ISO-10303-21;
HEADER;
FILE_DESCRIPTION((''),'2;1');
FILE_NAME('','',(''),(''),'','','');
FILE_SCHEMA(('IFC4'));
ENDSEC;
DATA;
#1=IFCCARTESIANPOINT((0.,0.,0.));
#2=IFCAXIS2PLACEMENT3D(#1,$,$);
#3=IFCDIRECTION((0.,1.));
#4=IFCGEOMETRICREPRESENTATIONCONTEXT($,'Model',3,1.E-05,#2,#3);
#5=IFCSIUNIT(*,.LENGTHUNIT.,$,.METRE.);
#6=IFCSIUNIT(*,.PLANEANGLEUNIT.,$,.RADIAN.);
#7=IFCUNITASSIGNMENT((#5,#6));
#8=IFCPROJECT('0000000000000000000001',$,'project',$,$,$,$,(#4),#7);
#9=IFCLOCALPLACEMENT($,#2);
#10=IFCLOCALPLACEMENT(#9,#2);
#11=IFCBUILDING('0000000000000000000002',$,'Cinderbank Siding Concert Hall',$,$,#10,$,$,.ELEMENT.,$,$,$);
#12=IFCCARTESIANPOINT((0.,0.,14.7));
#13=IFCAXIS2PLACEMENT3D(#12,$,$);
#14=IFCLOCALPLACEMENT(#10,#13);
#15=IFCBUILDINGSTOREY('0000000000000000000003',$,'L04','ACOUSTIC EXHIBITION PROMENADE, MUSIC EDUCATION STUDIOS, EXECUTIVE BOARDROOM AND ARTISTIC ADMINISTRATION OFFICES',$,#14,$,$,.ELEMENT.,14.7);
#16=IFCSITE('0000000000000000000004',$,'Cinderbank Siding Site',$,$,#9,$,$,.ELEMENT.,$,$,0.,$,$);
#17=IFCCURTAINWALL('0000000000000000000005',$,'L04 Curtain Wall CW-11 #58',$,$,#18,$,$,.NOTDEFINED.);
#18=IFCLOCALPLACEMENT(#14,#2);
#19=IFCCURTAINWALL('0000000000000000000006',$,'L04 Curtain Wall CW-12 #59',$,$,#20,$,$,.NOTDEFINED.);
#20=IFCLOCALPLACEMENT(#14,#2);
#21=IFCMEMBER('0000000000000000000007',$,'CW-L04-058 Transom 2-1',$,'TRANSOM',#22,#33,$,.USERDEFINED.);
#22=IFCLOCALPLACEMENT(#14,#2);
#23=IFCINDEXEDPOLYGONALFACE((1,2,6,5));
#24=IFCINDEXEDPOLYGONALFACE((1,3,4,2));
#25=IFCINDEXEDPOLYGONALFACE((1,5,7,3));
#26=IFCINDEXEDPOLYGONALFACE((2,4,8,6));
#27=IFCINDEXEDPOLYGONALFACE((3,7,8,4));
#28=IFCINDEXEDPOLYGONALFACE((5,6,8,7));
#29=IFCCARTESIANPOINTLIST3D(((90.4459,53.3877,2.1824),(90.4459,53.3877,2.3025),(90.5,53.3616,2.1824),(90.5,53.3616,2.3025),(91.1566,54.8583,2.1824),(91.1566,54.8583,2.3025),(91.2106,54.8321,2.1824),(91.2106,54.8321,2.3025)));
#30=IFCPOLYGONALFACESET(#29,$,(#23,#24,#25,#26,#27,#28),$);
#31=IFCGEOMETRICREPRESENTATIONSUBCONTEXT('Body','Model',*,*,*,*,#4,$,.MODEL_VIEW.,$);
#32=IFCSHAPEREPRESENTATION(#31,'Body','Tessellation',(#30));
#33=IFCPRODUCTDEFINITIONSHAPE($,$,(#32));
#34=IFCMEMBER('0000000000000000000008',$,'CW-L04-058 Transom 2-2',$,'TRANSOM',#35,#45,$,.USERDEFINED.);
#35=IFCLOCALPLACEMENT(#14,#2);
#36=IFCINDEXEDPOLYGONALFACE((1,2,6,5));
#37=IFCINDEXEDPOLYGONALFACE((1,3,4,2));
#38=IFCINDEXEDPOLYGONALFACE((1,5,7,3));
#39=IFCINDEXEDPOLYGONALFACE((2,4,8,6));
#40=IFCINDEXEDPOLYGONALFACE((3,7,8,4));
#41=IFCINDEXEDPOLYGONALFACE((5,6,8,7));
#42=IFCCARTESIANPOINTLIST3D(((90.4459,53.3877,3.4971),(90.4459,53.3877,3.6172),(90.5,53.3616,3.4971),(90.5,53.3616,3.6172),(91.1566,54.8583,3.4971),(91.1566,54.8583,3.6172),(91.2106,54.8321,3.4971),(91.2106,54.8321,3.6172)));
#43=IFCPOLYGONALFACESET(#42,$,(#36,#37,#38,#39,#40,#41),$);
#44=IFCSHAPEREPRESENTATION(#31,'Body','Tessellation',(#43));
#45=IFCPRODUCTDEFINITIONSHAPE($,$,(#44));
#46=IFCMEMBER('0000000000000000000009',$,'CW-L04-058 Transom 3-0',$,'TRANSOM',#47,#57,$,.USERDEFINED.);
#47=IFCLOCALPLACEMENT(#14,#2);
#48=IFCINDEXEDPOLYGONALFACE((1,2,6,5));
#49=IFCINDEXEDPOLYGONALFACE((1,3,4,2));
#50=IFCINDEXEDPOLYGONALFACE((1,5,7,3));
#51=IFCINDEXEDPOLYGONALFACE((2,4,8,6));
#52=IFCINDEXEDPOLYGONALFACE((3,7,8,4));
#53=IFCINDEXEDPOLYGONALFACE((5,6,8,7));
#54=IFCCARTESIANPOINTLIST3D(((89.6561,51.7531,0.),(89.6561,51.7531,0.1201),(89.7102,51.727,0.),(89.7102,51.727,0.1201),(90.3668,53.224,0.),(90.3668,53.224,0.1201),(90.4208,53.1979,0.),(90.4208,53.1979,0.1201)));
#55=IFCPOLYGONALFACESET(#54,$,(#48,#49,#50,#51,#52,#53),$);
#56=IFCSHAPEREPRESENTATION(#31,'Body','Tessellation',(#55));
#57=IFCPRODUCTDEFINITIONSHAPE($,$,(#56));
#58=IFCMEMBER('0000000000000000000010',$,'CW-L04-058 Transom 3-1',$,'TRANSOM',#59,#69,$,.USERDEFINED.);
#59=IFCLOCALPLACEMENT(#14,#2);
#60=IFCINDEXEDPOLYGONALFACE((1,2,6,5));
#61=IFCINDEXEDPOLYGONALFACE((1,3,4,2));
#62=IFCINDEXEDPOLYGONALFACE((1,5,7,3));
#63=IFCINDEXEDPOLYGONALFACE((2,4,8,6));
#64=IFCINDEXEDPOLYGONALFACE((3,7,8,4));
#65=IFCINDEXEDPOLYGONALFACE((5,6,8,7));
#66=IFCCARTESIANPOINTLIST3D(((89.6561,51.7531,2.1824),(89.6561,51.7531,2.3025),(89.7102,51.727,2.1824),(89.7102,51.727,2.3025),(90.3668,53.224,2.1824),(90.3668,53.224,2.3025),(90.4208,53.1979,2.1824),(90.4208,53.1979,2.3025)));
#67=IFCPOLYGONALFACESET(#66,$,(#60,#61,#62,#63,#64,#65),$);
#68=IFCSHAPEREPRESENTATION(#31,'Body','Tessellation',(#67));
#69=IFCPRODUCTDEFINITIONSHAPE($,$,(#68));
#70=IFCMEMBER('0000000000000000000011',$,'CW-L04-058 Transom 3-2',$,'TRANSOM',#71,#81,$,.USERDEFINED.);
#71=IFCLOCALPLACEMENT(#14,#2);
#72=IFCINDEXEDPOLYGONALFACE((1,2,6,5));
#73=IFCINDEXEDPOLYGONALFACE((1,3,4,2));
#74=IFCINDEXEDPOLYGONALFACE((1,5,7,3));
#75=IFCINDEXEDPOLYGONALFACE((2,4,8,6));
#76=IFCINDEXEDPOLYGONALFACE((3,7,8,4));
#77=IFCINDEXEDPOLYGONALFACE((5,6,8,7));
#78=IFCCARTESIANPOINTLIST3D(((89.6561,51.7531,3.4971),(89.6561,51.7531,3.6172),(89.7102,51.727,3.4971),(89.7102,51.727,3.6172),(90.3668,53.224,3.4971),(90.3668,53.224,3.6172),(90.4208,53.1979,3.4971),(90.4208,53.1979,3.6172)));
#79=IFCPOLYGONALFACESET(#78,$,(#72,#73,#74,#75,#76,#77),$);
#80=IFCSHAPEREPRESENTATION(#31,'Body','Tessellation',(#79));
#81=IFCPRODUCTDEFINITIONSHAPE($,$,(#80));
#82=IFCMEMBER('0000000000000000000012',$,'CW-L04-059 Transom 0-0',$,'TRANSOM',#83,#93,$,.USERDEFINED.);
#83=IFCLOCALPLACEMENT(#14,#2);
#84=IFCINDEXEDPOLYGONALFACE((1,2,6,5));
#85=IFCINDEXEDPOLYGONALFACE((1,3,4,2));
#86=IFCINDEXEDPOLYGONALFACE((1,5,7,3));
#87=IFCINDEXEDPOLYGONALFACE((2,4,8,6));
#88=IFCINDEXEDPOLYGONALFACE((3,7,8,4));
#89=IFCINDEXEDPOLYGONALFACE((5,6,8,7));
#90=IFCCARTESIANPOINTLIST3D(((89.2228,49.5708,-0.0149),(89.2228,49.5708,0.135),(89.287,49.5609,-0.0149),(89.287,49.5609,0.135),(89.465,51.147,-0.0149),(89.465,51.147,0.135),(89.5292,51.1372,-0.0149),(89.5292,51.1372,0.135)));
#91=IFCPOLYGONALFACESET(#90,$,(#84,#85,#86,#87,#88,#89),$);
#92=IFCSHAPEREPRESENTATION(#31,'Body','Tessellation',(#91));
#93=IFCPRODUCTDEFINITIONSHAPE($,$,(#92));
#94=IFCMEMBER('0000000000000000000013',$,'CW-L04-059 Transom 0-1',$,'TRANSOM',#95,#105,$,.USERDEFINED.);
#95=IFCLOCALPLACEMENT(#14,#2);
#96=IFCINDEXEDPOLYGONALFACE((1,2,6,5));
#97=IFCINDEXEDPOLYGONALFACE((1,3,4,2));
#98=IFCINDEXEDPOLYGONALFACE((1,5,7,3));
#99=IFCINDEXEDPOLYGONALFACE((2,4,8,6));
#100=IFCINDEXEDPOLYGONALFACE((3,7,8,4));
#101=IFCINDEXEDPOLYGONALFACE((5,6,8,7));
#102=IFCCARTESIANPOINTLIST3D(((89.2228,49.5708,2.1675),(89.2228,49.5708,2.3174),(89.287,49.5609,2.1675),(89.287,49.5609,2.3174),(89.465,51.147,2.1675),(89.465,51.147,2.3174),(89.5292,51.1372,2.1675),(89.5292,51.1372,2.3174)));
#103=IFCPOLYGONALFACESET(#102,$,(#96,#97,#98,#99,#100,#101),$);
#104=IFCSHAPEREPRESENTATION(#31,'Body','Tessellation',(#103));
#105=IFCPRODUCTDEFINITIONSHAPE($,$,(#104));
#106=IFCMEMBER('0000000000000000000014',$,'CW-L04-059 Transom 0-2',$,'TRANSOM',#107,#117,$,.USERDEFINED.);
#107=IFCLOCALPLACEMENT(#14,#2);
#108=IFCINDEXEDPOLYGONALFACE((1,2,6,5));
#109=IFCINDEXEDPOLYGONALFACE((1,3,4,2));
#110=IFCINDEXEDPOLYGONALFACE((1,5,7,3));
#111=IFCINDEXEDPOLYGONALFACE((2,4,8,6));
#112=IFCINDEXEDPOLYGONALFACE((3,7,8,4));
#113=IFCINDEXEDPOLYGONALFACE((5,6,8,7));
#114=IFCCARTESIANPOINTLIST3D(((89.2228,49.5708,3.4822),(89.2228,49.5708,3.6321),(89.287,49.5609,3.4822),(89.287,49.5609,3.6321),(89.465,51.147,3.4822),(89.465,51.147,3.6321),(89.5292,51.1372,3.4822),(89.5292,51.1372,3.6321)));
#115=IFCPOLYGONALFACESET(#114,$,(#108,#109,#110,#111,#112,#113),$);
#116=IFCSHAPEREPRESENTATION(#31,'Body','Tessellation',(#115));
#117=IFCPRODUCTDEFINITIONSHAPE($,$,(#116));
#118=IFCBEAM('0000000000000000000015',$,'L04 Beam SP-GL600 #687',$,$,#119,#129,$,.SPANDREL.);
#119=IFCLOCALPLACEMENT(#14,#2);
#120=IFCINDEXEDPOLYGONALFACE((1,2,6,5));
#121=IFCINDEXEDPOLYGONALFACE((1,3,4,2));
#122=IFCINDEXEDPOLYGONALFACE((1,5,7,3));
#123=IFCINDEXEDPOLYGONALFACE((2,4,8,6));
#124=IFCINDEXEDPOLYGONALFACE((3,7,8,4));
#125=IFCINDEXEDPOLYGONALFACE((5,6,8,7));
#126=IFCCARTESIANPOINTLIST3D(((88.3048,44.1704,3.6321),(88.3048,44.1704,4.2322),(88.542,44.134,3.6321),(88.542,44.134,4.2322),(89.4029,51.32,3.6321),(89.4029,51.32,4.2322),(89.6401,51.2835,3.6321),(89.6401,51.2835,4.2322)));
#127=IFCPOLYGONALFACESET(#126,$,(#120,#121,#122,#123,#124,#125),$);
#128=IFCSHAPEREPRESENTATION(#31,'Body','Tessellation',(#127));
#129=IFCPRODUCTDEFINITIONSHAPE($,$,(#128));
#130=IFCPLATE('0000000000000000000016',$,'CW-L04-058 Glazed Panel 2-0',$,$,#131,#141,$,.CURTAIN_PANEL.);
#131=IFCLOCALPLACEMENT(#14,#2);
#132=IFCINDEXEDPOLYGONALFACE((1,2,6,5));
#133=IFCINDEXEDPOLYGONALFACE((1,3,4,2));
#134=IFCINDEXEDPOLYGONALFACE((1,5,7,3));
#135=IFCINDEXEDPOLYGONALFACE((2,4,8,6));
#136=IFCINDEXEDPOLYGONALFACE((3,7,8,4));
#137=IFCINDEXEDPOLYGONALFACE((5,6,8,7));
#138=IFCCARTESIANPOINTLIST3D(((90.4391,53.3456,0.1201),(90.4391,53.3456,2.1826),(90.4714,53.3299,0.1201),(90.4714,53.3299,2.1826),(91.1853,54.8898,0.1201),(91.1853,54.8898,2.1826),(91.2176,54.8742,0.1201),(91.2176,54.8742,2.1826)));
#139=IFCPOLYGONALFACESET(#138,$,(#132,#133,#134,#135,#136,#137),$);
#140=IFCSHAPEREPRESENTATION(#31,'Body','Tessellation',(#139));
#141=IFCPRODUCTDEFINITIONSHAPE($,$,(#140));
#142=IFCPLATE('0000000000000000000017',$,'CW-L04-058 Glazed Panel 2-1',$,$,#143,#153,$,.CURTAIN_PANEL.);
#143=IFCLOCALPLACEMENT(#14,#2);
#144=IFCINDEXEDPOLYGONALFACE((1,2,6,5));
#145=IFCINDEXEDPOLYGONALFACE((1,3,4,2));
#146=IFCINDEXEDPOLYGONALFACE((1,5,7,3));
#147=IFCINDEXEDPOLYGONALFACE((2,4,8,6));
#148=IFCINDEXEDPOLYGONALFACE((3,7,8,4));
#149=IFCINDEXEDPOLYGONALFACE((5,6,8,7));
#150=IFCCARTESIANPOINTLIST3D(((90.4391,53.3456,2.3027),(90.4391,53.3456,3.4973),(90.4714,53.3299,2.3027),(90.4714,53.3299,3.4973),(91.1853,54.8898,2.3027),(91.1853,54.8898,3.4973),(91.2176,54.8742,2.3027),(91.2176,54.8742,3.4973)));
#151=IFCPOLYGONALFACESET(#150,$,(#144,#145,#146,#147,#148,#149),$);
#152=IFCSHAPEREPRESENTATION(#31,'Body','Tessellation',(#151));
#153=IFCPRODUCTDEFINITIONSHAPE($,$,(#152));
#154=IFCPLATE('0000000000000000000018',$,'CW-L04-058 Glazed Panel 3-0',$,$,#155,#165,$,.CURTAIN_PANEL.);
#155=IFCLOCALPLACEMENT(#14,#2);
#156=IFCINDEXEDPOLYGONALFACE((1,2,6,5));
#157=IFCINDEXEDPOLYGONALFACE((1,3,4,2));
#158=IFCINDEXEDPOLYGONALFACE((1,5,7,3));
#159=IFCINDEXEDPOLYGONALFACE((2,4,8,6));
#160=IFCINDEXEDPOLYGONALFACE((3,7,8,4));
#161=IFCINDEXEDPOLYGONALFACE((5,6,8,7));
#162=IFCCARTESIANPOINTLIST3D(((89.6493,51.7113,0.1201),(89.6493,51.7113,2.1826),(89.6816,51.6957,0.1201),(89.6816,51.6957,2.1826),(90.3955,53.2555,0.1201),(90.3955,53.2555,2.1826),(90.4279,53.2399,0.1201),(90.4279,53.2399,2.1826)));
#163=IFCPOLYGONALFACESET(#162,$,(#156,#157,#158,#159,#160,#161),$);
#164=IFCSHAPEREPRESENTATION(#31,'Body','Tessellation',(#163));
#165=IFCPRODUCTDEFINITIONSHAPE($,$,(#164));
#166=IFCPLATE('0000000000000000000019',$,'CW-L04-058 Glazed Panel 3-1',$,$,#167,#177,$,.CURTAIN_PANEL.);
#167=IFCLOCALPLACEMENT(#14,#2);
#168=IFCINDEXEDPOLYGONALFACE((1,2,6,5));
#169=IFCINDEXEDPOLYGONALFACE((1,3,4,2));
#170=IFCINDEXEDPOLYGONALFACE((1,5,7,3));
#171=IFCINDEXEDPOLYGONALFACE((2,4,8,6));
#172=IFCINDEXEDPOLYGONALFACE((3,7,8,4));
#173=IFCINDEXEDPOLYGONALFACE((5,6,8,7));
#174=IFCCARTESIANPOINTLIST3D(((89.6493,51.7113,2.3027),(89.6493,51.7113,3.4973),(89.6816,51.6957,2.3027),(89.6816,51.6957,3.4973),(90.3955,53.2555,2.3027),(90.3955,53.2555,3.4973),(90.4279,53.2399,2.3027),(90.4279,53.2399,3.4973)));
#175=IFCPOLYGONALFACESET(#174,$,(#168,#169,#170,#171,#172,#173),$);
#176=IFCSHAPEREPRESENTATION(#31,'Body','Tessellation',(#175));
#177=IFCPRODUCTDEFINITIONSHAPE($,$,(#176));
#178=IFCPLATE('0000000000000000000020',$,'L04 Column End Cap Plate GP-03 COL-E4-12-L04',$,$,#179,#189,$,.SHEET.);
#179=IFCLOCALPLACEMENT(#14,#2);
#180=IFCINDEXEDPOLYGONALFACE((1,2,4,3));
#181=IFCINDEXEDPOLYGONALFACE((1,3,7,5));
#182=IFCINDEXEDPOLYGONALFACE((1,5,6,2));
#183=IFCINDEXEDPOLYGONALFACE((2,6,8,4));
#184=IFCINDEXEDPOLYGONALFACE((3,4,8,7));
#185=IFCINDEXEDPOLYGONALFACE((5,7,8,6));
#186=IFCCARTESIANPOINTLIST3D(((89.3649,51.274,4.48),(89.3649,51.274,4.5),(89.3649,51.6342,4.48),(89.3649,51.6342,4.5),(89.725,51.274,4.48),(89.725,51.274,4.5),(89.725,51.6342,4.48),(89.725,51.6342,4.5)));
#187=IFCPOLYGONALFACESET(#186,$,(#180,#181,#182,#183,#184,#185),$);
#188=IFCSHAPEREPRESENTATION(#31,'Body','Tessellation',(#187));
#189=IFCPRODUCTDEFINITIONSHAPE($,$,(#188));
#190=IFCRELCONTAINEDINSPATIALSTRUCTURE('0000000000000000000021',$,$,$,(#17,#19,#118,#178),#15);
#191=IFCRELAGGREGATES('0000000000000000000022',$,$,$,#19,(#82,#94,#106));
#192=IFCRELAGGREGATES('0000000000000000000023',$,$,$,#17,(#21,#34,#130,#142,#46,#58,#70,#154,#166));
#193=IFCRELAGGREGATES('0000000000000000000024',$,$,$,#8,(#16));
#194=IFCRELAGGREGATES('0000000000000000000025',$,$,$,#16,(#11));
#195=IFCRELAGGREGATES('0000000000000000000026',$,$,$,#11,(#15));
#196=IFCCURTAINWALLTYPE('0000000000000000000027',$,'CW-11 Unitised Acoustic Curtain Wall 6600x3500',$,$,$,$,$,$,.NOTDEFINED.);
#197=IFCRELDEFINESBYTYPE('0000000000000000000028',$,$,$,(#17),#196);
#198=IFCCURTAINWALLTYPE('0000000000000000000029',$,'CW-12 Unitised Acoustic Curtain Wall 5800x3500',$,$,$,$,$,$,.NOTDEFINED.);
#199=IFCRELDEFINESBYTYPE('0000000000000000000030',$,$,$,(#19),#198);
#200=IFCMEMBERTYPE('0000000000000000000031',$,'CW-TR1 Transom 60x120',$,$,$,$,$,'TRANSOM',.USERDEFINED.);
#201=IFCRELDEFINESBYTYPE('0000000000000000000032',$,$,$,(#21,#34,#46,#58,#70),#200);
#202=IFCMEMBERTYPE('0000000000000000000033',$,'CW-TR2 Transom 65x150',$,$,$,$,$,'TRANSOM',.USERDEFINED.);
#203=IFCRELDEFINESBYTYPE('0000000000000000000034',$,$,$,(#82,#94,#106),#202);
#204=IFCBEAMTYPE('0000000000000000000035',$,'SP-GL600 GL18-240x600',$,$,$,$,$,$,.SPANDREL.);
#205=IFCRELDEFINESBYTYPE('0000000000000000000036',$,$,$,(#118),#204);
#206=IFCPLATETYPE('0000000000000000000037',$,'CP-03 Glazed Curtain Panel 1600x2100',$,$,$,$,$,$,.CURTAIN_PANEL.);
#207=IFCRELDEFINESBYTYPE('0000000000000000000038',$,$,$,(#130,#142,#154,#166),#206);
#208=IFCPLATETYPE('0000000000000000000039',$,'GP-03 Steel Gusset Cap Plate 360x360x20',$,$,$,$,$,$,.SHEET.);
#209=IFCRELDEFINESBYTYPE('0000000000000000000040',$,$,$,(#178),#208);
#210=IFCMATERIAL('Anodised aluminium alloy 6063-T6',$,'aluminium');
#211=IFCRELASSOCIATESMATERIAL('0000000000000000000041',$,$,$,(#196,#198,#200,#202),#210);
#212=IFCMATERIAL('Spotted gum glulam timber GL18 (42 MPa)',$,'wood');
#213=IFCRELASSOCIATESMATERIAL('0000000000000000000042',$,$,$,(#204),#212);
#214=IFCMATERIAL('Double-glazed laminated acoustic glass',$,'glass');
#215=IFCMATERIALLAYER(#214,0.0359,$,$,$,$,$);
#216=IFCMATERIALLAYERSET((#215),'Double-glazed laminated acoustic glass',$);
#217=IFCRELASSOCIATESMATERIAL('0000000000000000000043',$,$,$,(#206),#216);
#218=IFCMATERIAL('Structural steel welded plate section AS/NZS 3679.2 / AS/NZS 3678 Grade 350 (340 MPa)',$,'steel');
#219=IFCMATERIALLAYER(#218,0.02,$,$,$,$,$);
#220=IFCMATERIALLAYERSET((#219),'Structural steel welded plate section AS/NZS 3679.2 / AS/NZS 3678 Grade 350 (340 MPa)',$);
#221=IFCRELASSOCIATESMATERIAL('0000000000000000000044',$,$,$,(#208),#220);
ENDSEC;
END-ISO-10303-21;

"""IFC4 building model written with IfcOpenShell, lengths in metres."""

from ifc_helpers import new_model, si_unit, direction, frame, origin, origin_2d, place, context, subcontext, project, spatial, rectangle, extrude, material, layer, layer_set, material_profile, profile_set, type_object, element, aggregate, save


model = new_model("IFC4")

# Units and contexts
model_context = context("Model", 3, precision=1e-05, world=origin(), true_north=direction((0.0, 1.0)))
body_context = subcontext(model_context, "Body", "Model", "MODEL_VIEW")
ifc_project = project(units=[si_unit("LENGTHUNIT", "METRE"), si_unit("PLANEANGLEUNIT", "RADIAN")], contexts=[model_context])

# Site, building, storey
site_placement = place(None, origin())
site = spatial("IfcSite", under=ifc_project, at=site_placement, Name="Cinderbank Siding Site", CompositionType="ELEMENT", RefElevation=0.0)
building_placement = place(site_placement, origin())
building = spatial("IfcBuilding", under=site, at=building_placement, Name="Cinderbank Siding Concert Hall", CompositionType="ELEMENT")
storey_placement = place(building_placement, frame((0.0, 0.0, 14.7)))
storey = spatial("IfcBuildingStorey", under=building, at=storey_placement, Name="L04", Description="ACOUSTIC EXHIBITION PROMENADE, MUSIC EDUCATION STUDIOS, EXECUTIVE BOARDROOM AND ARTISTIC ADMINISTRATION OFFICES", CompositionType="ELEMENT", Elevation=14.7)

# Curtain wall
ifc_material_1 = material(Name="Anodised aluminium alloy 6063-T6", Category="aluminium")
curtain_wall_type_1 = type_object("IfcCurtainWallType", Name="CW-11 Unitised Acoustic Curtain Wall 6600x3500", PredefinedType="NOTDEFINED", material=ifc_material_1)
curtain_wall_1_placement = place(storey_placement, origin())
curtain_wall_1 = element("IfcCurtainWall", 1, at=curtain_wall_1_placement, inside=storey, type_object=curtain_wall_type_1, Name="L04 Curtain Wall CW-11 #58", PredefinedType="NOTDEFINED")

# Curtain wall
curtain_wall_type_2 = type_object("IfcCurtainWallType", Name="CW-12 Unitised Acoustic Curtain Wall 5800x3500", PredefinedType="NOTDEFINED", material=ifc_material_1)
curtain_wall_2_placement = place(storey_placement, origin())
curtain_wall_2 = element("IfcCurtainWall", 2, at=curtain_wall_2_placement, inside=storey, type_object=curtain_wall_type_2, Name="L04 Curtain Wall CW-12 #59", PredefinedType="NOTDEFINED")

# Members
ifc_material_profile_1 = material_profile(ifc_material_1, rectangle(XDim=0.0601, YDim=0.1201, at=origin_2d()), Name="ALU-TRAN-60x120", Category="LoadBearing")
ifc_profile_set_1 = profile_set([ifc_material_profile_1], Name="Anodised aluminium alloy 6063-T6")
member_type_1 = type_object("IfcMemberType", Name="CW-TR1 Transom 60x120", ElementType="TRANSOM", PredefinedType="USERDEFINED", material=ifc_profile_set_1)
member_1_placement = place(storey_placement, frame((91.1836, 54.8452, 2.2424), z_axis=(-0.435096, -0.900384, 0.0), x_axis=(0.900384, -0.435096, 0.0)))
member_1 = element("IfcMember", 3, at=member_1_placement, type_object=member_type_1, Name="CW-L04-058 Transom 2-1", ObjectType="TRANSOM", PredefinedType="USERDEFINED", context=body_context, shape_type="SweptSolid", body=[
    extrude(rectangle(XDim=0.0601, YDim=0.1201, at=origin_2d()), origin(), (0.0, 0.0, 1.0), 1.6333),
])
member_2_placement = place(storey_placement, frame((91.1836, 54.8452, 3.5571), z_axis=(-0.435096, -0.900384, 0.0), x_axis=(0.900384, -0.435096, 0.0)))
member_2 = element("IfcMember", 4, at=member_2_placement, type_object=member_type_1, Name="CW-L04-058 Transom 2-2", ObjectType="TRANSOM", PredefinedType="USERDEFINED", context=body_context, shape_type="SweptSolid", body=[
    extrude(rectangle(XDim=0.0601, YDim=0.1201, at=origin_2d()), origin(), (0.0, 0.0, 1.0), 1.6333),
])
member_3_placement = place(storey_placement, frame((90.3938, 53.2109, 0.0601), z_axis=(-0.435037, -0.900412, 0.0), x_axis=(0.900412, -0.435037, 0.0)))
member_3 = element("IfcMember", 5, at=member_3_placement, type_object=member_type_1, Name="CW-L04-058 Transom 3-0", ObjectType="TRANSOM", PredefinedType="USERDEFINED", context=body_context, shape_type="SweptSolid", body=[
    extrude(rectangle(XDim=0.0601, YDim=0.1201, at=origin_2d()), origin(), (0.0, 0.0, 1.0), 1.6335),
])
member_4_placement = place(storey_placement, frame((90.3938, 53.2109, 2.2424), z_axis=(-0.435037, -0.900412, 0.0), x_axis=(0.900412, -0.435037, 0.0)))
member_4 = element("IfcMember", 6, at=member_4_placement, type_object=member_type_1, Name="CW-L04-058 Transom 3-1", ObjectType="TRANSOM", PredefinedType="USERDEFINED", context=body_context, shape_type="SweptSolid", body=[
    extrude(rectangle(XDim=0.0601, YDim=0.1201, at=origin_2d()), origin(), (0.0, 0.0, 1.0), 1.6335),
])
member_5_placement = place(storey_placement, frame((90.3938, 53.2109, 3.5571), z_axis=(-0.435037, -0.900412, 0.0), x_axis=(0.900412, -0.435037, 0.0)))
member_5 = element("IfcMember", 7, at=member_5_placement, type_object=member_type_1, Name="CW-L04-058 Transom 3-2", ObjectType="TRANSOM", PredefinedType="USERDEFINED", context=body_context, shape_type="SweptSolid", body=[
    extrude(rectangle(XDim=0.0601, YDim=0.1201, at=origin_2d()), origin(), (0.0, 0.0, 1.0), 1.6335),
])
ifc_material_profile_2 = material_profile(ifc_material_1, rectangle(XDim=0.0649, YDim=0.1499, at=origin_2d()), Name="ALU-TRAN-65x150", Category="LoadBearing")
ifc_profile_set_2 = profile_set([ifc_material_profile_2], Name="Anodised aluminium alloy 6063-T6")
member_type_2 = type_object("IfcMemberType", Name="CW-TR2 Transom 65x150", ElementType="TRANSOM", PredefinedType="USERDEFINED", material=ifc_profile_set_2)
member_6_placement = place(storey_placement, frame((89.4971, 51.1421, 0.0601), z_axis=(-0.151873, -0.9884, 0.0), x_axis=(0.9884, -0.151873, 0.0)))
member_6 = element("IfcMember", 8, at=member_6_placement, type_object=member_type_2, Name="CW-L04-059 Transom 0-0", ObjectType="TRANSOM", PredefinedType="USERDEFINED", context=body_context, shape_type="SweptSolid", body=[
    extrude(rectangle(XDim=0.0649, YDim=0.1499, at=origin_2d()), origin(), (0.0, 0.0, 1.0), 1.5947),
])
member_7_placement = place(storey_placement, frame((89.4971, 51.1421, 2.2424), z_axis=(-0.151873, -0.9884, 0.0), x_axis=(0.9884, -0.151873, 0.0)))
member_7 = element("IfcMember", 9, at=member_7_placement, type_object=member_type_2, Name="CW-L04-059 Transom 0-1", ObjectType="TRANSOM", PredefinedType="USERDEFINED", context=body_context, shape_type="SweptSolid", body=[
    extrude(rectangle(XDim=0.0649, YDim=0.1499, at=origin_2d()), origin(), (0.0, 0.0, 1.0), 1.5947),
])
member_8_placement = place(storey_placement, frame((89.4971, 51.1421, 3.5571), z_axis=(-0.151873, -0.9884, 0.0), x_axis=(0.9884, -0.151873, 0.0)))
member_8 = element("IfcMember", 10, at=member_8_placement, type_object=member_type_2, Name="CW-L04-059 Transom 0-2", ObjectType="TRANSOM", PredefinedType="USERDEFINED", context=body_context, shape_type="SweptSolid", body=[
    extrude(rectangle(XDim=0.0649, YDim=0.1499, at=origin_2d()), origin(), (0.0, 0.0, 1.0), 1.5947),
])
aggregate(curtain_wall_2, [member_6, member_7, member_8])

# Beam
ifc_material_2 = material(Name="Spotted gum glulam timber GL18 (42 MPa)", Category="wood")
ifc_material_profile_3 = material_profile(ifc_material_2, rectangle(XDim=0.24, YDim=0.6001, at=origin_2d()), Name="GL18-240x600", Category="LoadBearing")
ifc_profile_set_3 = profile_set([ifc_material_profile_3], Name="Spotted gum glulam timber GL18 (42 MPa)")
beam_type_1 = type_object("IfcBeamType", Name="SP-GL600 GL18-240x600", PredefinedType="SPANDREL", material=ifc_profile_set_3)
beam_1_placement = place(storey_placement, frame((89.5215, 51.3018, 3.9321), z_axis=(-0.151814, -0.988409, 0.0), x_axis=(0.988409, -0.151814, 0.0)))
element("IfcBeam", 11, at=beam_1_placement, inside=storey, type_object=beam_type_1, Name="L04 Beam SP-GL600 #687", PredefinedType="SPANDREL", context=body_context, shape_type="SweptSolid", body=[
    extrude(rectangle(XDim=0.24, YDim=0.6001, at=origin_2d()), origin(), (0.0, 0.0, 1.0), 7.2334),
])

# Plates
ifc_material_3 = material(Name="Double-glazed laminated acoustic glass", Category="glass")
ifc_layer_1 = layer(ifc_material_3, 0.0359)
ifc_layer_set_1 = layer_set([ifc_layer_1], Name="Double-glazed laminated acoustic glass")
plate_type_1 = type_object("IfcPlateType", Name="CP-03 Glazed Curtain Panel 1600x2100", PredefinedType="CURTAIN_PANEL", material=ifc_layer_set_1)
plate_1_placement = place(storey_placement, frame((90.8284, 54.1099, 0.1201), z_axis=(0.0, 0.0, 1.0), x_axis=(-0.435102, -0.900381, 0.0)))
plate_1 = element("IfcPlate", 12, at=plate_1_placement, type_object=plate_type_1, Name="CW-L04-058 Glazed Panel 2-0", PredefinedType="CURTAIN_PANEL", context=body_context, shape_type="SweptSolid", body=[
    extrude(rectangle(XDim=1.7151, YDim=0.0359, at=origin_2d()), origin(), (0.0, 0.0, 1.0), 2.0625),
])
plate_2_placement = place(storey_placement, frame((90.8284, 54.1099, 2.3027), z_axis=(0.0, 0.0, 1.0), x_axis=(-0.435102, -0.900381, 0.0)))
plate_2 = element("IfcPlate", 13, at=plate_2_placement, type_object=plate_type_1, Name="CW-L04-058 Glazed Panel 2-1", PredefinedType="CURTAIN_PANEL", context=body_context, shape_type="SweptSolid", body=[
    extrude(rectangle(XDim=1.7151, YDim=0.0359, at=origin_2d()), origin(), (0.0, 0.0, 1.0), 1.1946),
])
plate_3_placement = place(storey_placement, frame((90.0386, 52.4756, 0.1201), z_axis=(0.0, 0.0, 1.0), x_axis=(-0.435102, -0.900381, 0.0)))
plate_3 = element("IfcPlate", 14, at=plate_3_placement, type_object=plate_type_1, Name="CW-L04-058 Glazed Panel 3-0", PredefinedType="CURTAIN_PANEL", context=body_context, shape_type="SweptSolid", body=[
    extrude(rectangle(XDim=1.7151, YDim=0.0359, at=origin_2d()), origin(), (0.0, 0.0, 1.0), 2.0625),
])
plate_4_placement = place(storey_placement, frame((90.0386, 52.4756, 2.3027), z_axis=(0.0, 0.0, 1.0), x_axis=(-0.435102, -0.900381, 0.0)))
plate_4 = element("IfcPlate", 15, at=plate_4_placement, type_object=plate_type_1, Name="CW-L04-058 Glazed Panel 3-1", PredefinedType="CURTAIN_PANEL", context=body_context, shape_type="SweptSolid", body=[
    extrude(rectangle(XDim=1.7151, YDim=0.0359, at=origin_2d()), origin(), (0.0, 0.0, 1.0), 1.1946),
])
aggregate(curtain_wall_1, [member_1, member_2, plate_1, plate_2, member_3, member_4, member_5, plate_3, plate_4])
ifc_material_4 = material(Name="Structural steel welded plate section AS/NZS 3679.2 / AS/NZS 3678 Grade 350 (340 MPa)", Category="steel")
ifc_layer_2 = layer(ifc_material_4, 0.02)
ifc_layer_set_2 = layer_set([ifc_layer_2], Name="Structural steel welded plate section AS/NZS 3679.2 / AS/NZS 3678 Grade 350 (340 MPa)")
plate_type_2 = type_object("IfcPlateType", Name="GP-03 Steel Gusset Cap Plate 360x360x20", PredefinedType="SHEET", material=ifc_layer_set_2)
plate_5_placement = place(storey_placement, frame((89.5449, 51.4541, 4.48), z_axis=(0.0, 0.0, 1.0), x_axis=(1.0, 0.0, 0.0)))
element("IfcPlate", 16, at=plate_5_placement, inside=storey, type_object=plate_type_2, Name="L04 Column End Cap Plate GP-03 COL-E4-12-L04", PredefinedType="SHEET", context=body_context, shape_type="SweptSolid", body=[
    extrude(rectangle(XDim=0.3601, YDim=0.3601, at=origin_2d()), origin(), (0.0, 0.0, 1.0), 0.02),
])

save(model, "model.ifc")
